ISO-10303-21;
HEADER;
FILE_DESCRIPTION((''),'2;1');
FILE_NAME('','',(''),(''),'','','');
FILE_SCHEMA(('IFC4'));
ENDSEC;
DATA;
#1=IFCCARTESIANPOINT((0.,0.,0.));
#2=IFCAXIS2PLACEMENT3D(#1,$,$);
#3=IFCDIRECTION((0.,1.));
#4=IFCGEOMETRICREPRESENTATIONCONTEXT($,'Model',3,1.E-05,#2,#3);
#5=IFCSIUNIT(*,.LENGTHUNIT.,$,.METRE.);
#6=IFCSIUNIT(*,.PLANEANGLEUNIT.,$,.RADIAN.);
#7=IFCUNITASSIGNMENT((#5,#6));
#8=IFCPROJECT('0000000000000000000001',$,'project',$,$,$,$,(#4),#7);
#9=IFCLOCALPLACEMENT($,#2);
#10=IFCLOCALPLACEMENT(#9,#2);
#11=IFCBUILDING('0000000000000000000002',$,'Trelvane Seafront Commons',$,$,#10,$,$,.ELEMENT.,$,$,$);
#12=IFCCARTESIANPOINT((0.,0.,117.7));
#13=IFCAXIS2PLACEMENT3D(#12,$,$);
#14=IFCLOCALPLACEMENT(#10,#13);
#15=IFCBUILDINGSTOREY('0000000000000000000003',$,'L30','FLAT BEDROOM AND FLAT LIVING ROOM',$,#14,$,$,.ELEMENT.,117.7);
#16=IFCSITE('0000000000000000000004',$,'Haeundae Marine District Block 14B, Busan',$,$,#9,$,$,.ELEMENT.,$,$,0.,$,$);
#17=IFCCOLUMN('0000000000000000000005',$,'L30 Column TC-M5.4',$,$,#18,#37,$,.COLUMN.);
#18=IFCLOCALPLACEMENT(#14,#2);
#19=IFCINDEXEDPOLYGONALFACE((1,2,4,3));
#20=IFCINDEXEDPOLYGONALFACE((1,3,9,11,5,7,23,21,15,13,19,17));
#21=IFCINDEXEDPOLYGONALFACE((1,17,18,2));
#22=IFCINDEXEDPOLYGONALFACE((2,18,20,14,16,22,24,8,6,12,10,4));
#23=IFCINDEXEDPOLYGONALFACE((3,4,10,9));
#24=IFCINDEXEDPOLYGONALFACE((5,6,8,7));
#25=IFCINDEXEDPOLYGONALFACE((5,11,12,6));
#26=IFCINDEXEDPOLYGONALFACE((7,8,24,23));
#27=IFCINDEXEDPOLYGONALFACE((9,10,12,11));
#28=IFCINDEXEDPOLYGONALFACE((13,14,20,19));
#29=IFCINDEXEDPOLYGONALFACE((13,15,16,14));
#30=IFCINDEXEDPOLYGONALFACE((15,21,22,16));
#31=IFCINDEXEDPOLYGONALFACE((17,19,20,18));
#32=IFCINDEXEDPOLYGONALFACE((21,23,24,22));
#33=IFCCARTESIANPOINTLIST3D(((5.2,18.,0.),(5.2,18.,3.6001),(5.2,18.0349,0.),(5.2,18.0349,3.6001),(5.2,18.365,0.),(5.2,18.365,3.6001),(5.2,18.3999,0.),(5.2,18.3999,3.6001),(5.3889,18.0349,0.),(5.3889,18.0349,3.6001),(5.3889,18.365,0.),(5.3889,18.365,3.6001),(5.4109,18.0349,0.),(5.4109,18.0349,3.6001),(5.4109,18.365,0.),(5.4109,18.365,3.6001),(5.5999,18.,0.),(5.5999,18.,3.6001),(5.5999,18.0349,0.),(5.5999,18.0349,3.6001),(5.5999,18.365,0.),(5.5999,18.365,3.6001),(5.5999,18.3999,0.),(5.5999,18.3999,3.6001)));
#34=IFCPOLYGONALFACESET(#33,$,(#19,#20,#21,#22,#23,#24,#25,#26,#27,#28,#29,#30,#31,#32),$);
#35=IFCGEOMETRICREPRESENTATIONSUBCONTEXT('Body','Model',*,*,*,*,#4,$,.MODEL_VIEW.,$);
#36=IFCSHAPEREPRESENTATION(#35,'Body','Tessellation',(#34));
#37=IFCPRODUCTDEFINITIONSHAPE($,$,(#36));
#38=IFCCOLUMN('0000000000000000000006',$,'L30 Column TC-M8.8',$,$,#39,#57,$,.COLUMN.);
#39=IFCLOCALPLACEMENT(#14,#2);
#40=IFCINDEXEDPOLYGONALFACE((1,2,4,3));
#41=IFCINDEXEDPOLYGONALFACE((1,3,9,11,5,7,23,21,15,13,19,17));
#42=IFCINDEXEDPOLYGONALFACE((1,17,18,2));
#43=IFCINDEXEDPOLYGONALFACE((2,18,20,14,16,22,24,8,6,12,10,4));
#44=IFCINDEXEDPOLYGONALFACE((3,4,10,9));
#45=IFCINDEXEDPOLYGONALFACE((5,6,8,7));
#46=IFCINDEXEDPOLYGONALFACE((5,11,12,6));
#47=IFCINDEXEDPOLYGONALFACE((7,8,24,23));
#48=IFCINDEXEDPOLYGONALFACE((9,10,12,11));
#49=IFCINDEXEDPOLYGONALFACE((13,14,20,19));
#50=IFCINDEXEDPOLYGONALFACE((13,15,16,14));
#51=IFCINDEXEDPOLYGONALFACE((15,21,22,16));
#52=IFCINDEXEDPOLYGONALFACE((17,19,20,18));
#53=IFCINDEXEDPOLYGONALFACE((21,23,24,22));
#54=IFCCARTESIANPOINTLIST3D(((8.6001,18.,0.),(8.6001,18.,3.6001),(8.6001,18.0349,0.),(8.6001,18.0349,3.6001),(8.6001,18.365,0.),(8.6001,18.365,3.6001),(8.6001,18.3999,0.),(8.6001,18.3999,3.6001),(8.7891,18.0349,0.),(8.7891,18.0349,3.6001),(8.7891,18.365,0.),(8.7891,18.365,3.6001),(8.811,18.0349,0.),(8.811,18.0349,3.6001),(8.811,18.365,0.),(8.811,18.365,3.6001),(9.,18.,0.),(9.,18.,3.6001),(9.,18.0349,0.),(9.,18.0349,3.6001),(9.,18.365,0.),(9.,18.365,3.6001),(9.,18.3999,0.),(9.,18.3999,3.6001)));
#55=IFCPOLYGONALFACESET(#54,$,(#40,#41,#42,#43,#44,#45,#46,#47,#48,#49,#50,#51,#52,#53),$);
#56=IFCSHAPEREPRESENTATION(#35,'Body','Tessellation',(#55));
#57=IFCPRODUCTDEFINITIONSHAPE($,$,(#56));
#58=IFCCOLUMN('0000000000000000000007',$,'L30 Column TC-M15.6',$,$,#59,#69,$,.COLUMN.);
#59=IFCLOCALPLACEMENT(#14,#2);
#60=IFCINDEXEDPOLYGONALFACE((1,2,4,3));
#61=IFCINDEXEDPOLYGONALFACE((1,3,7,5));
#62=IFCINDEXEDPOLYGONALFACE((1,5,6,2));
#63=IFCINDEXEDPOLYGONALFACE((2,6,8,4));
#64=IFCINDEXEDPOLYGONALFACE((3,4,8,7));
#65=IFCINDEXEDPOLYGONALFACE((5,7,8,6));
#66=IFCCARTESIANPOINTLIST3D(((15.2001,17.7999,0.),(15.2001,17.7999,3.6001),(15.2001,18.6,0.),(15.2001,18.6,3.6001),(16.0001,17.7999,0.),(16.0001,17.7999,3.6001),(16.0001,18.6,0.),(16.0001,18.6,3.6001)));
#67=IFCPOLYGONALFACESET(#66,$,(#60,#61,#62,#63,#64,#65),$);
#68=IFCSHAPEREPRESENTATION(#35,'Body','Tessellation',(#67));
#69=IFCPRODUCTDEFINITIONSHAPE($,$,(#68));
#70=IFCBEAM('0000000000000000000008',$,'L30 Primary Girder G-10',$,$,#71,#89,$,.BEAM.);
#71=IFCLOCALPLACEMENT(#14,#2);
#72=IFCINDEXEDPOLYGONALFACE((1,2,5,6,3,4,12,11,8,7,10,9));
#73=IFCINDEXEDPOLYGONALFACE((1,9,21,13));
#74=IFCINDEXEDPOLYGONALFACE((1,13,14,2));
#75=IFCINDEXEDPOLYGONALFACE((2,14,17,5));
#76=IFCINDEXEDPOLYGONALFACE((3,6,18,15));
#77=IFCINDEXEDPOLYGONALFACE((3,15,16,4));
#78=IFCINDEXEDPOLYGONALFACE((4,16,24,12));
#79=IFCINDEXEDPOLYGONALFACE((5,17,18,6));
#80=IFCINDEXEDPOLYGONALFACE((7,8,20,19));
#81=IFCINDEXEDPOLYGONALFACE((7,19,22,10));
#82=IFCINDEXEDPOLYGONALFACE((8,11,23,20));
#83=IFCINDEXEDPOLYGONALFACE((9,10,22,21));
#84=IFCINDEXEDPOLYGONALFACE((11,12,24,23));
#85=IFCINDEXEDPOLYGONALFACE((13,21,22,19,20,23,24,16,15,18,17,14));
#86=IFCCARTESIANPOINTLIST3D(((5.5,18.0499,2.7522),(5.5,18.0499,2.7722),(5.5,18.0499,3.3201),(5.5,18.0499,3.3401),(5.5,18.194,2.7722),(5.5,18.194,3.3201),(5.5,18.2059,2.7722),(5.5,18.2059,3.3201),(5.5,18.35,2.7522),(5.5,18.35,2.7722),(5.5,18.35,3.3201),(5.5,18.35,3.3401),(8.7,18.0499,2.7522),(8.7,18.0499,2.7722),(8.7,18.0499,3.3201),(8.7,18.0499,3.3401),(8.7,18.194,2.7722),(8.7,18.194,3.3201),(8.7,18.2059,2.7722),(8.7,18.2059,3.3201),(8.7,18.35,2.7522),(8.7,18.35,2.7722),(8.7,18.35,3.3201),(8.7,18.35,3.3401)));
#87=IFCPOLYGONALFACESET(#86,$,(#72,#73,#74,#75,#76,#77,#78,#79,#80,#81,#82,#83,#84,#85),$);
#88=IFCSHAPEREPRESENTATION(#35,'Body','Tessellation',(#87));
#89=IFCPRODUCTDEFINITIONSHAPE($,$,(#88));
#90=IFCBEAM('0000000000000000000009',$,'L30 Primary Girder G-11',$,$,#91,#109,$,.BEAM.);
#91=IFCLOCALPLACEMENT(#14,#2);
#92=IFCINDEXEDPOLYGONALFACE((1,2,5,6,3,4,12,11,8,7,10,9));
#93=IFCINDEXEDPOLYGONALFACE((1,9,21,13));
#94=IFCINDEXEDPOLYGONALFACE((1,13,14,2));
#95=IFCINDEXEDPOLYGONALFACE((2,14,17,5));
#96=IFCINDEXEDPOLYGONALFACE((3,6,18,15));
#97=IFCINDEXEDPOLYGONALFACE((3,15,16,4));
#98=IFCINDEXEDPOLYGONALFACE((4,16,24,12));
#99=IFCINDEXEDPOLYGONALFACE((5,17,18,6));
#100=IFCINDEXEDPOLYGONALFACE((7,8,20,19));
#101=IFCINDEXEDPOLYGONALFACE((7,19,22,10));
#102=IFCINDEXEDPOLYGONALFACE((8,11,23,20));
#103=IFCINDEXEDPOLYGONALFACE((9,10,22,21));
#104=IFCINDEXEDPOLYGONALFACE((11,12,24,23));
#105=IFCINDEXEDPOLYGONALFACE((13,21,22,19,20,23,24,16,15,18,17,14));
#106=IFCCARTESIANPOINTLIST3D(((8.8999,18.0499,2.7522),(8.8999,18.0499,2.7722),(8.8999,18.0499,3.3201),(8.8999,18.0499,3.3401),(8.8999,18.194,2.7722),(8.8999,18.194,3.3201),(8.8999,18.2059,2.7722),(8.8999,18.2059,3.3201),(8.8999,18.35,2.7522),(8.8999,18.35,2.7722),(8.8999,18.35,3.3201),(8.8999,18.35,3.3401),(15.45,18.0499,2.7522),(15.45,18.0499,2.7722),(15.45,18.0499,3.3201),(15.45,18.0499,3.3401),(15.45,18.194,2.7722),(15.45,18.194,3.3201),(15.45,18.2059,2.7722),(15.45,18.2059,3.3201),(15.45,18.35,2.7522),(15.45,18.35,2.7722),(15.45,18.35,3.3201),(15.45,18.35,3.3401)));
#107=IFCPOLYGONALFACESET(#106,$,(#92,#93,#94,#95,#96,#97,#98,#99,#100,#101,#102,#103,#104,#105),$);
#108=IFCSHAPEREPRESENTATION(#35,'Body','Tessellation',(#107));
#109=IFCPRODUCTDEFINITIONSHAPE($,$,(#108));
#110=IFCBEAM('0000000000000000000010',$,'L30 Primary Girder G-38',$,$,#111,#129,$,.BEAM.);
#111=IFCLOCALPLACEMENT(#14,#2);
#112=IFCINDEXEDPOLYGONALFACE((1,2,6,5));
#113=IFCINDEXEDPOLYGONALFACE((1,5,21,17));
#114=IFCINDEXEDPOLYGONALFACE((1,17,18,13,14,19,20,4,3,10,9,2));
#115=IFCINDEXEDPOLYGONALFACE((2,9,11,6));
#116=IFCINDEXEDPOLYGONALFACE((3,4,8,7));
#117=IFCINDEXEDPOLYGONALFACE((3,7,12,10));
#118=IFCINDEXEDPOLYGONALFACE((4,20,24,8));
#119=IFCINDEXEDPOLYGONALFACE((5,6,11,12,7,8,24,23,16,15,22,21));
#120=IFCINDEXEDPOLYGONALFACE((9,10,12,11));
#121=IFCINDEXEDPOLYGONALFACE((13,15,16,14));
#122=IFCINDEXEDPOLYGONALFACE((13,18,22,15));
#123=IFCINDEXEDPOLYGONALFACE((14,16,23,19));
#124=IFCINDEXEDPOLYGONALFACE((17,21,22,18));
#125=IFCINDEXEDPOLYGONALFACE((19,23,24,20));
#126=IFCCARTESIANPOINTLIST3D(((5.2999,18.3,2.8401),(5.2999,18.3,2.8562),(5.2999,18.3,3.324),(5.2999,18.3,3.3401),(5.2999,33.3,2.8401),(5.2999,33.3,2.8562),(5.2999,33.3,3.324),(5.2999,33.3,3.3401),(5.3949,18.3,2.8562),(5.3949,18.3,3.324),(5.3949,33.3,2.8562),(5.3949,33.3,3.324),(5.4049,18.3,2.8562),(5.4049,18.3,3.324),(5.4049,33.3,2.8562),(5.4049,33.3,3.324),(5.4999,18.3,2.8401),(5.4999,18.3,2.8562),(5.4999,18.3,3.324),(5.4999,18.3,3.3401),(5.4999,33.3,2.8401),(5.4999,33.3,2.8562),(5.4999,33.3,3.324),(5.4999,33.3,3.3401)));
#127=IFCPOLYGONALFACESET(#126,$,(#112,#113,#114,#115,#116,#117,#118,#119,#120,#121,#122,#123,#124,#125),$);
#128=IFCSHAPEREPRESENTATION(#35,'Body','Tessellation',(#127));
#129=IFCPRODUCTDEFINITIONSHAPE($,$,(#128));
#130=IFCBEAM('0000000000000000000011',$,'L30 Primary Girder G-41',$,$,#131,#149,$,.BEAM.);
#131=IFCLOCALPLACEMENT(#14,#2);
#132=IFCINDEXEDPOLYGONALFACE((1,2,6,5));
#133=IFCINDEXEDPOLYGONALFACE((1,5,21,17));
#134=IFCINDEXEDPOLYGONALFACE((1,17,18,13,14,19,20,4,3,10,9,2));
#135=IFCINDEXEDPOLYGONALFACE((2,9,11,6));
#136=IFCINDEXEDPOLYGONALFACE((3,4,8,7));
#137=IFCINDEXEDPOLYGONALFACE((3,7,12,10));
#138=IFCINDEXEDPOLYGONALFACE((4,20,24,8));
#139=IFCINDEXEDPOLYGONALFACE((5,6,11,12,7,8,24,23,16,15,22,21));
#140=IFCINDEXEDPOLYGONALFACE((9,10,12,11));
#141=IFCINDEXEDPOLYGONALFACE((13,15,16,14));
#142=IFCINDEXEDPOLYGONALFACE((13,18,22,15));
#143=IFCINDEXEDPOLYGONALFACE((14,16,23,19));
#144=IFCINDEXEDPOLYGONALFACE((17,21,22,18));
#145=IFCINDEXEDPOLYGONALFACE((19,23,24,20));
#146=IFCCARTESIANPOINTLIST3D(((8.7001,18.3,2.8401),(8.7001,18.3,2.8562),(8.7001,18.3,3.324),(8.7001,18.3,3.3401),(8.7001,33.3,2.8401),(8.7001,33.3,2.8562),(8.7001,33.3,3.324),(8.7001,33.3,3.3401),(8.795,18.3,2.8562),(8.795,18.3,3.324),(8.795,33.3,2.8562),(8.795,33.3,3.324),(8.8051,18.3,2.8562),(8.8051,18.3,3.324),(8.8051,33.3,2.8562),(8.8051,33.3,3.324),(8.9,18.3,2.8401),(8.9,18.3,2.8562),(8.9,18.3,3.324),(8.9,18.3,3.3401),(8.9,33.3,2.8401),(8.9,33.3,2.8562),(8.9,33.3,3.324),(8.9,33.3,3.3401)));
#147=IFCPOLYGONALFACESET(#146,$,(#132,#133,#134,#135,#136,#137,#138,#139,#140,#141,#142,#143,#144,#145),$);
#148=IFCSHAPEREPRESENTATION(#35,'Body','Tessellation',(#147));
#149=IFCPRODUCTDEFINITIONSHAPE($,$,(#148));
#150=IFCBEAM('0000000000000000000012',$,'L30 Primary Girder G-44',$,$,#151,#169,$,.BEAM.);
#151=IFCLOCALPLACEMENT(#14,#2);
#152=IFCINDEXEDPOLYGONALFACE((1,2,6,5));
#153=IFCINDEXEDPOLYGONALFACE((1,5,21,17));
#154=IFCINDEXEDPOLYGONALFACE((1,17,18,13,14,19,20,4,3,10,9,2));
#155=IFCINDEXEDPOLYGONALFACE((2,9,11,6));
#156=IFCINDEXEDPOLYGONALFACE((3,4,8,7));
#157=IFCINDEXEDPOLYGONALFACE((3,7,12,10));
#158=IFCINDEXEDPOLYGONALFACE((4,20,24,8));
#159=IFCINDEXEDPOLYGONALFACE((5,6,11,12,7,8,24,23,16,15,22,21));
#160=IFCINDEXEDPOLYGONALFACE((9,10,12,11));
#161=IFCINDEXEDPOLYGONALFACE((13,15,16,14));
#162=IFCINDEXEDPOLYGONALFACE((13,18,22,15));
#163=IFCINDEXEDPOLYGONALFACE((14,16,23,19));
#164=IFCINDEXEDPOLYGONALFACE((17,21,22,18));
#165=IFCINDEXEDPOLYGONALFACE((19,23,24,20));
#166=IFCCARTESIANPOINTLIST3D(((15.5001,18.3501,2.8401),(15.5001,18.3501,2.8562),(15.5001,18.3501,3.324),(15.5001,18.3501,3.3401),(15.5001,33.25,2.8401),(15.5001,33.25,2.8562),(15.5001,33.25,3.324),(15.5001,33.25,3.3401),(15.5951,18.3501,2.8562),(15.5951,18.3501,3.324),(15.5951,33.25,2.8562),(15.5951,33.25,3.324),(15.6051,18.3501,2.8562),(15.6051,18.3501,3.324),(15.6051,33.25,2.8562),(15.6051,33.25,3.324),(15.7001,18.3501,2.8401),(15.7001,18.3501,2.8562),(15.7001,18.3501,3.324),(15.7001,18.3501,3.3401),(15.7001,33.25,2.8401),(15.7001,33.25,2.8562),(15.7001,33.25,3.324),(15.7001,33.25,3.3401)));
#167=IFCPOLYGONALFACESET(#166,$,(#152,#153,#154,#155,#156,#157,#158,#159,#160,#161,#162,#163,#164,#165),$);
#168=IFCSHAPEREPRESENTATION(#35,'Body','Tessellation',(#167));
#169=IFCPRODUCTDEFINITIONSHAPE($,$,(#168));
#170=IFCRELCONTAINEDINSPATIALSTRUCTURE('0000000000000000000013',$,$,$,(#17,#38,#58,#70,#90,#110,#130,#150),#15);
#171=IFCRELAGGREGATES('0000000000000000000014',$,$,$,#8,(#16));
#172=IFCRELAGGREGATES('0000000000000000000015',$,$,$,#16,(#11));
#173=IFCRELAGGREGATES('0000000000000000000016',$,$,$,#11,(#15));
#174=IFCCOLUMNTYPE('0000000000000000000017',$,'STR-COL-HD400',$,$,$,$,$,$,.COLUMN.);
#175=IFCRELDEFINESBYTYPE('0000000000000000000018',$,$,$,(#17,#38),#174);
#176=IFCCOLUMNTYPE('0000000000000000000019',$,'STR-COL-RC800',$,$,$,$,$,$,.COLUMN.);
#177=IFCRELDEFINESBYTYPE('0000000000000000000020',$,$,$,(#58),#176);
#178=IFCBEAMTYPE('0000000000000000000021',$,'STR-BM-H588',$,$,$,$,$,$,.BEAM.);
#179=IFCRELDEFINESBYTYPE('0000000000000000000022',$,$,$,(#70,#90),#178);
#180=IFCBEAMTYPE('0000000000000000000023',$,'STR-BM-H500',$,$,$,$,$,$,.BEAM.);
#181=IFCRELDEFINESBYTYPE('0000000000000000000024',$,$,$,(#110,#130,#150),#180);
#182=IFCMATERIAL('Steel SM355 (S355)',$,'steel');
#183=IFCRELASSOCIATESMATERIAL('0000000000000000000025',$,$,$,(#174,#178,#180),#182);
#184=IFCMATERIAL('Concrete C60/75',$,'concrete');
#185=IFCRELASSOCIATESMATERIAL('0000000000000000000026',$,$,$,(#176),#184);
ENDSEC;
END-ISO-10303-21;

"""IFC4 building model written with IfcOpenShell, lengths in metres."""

from ifc_helpers import new_model, si_unit, direction, frame, origin, origin_2d, place, context, subcontext, project, spatial, rectangle, i_section, extrude, source, transform, mapped, material, material_profile, profile_set, type_object, element, save


model = new_model("IFC4")

# Units and contexts
model_context = context("Model", 3, precision=1e-05, world=origin(), true_north=direction((0.0, 1.0)))
body_context = subcontext(model_context, "Body", "Model", "MODEL_VIEW")
ifc_project = project(units=[si_unit("LENGTHUNIT", "METRE"), si_unit("PLANEANGLEUNIT", "RADIAN")], contexts=[model_context])

# Site, building, storey
site_placement = place(None, origin())
site = spatial("IfcSite", under=ifc_project, at=site_placement, Name="Haeundae Marine District Block 14B, Busan", CompositionType="ELEMENT", RefElevation=0.0)
building_placement = place(site_placement, origin())
building = spatial("IfcBuilding", under=site, at=building_placement, Name="Trelvane Seafront Commons", CompositionType="ELEMENT")
storey_placement = place(building_placement, frame((0.0, 0.0, 117.7)))
storey = spatial("IfcBuildingStorey", under=building, at=storey_placement, Name="L30", Description="FLAT BEDROOM AND FLAT LIVING ROOM", CompositionType="ELEMENT", Elevation=117.7)

# Columns
ifc_material_1 = material(Name="Steel SM355 (S355)", Category="steel")
ifc_material_profile_1 = material_profile(ifc_material_1, i_section(OverallWidth=0.3999, OverallDepth=0.3999, WebThickness=0.022, FlangeThickness=0.0349, at=origin_2d()), Name="HD-400x400x22x35")
ifc_profile_set_1 = profile_set([ifc_material_profile_1], Name="Steel SM355 (S355)")
column_type_1 = type_object("IfcColumnType", Name="STR-COL-HD400", PredefinedType="COLUMN", material=ifc_profile_set_1)
shared_shape_1 = source(origin(), body_context, "Body", "SweptSolid", [
    extrude(i_section(OverallWidth=0.3999, OverallDepth=0.3999, WebThickness=0.022, FlangeThickness=0.0349, at=origin_2d()), origin(), (0.0, 0.0, 1.0), 3.6001),
])
for number, where, z_axis, x_axis, name in (
    (1, (5.3999, 18.2, 0.0), (0.0, 0.0, 1.0), (1.0, 0.0, 0.0), "L30 Column TC-M5.4"),
    (2, (8.8, 18.2, 0.0), (0.0, 0.0, 1.0), (1.0, 0.0, 0.0), "L30 Column TC-M8.8"),
):
    element("IfcColumn", number, at=place(storey_placement, frame(where, z_axis=z_axis, x_axis=x_axis)), inside=storey, type_object=column_type_1, Name=name, PredefinedType="COLUMN", context=body_context, shape_type="MappedRepresentation", body=[
        mapped(shared_shape_1, transform((0.0, 0.0, 0.0), x_axis=(1.0, 0.0, 0.0), y_axis=(0.0, 1.0, 0.0), z_axis=(0.0, 0.0, 1.0), scale=1.0)),
    ])
ifc_material_2 = material(Name="Concrete C60/75", Category="concrete")
ifc_material_profile_2 = material_profile(ifc_material_2, rectangle(XDim=0.8, YDim=0.8, at=origin_2d()), Name="RC-800x800")
ifc_profile_set_2 = profile_set([ifc_material_profile_2], Name="Concrete C60/75")
column_type_2 = type_object("IfcColumnType", Name="STR-COL-RC800", PredefinedType="COLUMN", material=ifc_profile_set_2)
shared_shape_2 = source(origin(), body_context, "Body", "SweptSolid", [
    extrude(rectangle(XDim=0.8, YDim=0.8, at=origin_2d()), origin(), (0.0, 0.0, 1.0), 3.6001),
])
column_placement = place(storey_placement, frame((15.6001, 18.2, 0.0), z_axis=(0.0, 0.0, 1.0), x_axis=(1.0, 0.0, 0.0)))
element("IfcColumn", 3, at=column_placement, inside=storey, type_object=column_type_2, Name="L30 Column TC-M15.6", PredefinedType="COLUMN", context=body_context, shape_type="MappedRepresentation", body=[
    mapped(shared_shape_2, transform((0.0, 0.0, 0.0), x_axis=(1.0, 0.0, 0.0), y_axis=(0.0, 1.0, 0.0), z_axis=(0.0, 0.0, 1.0), scale=1.0)),
])

# Beams
ifc_material_profile_3 = material_profile(ifc_material_1, i_section(OverallWidth=0.3, OverallDepth=0.5879, WebThickness=0.012, FlangeThickness=0.02, at=origin_2d()), Name="H-588x300x12x20")
ifc_profile_set_3 = profile_set([ifc_material_profile_3], Name="Steel SM355 (S355)")
beam_type_1 = type_object("IfcBeamType", Name="STR-BM-H588", PredefinedType="BEAM", material=ifc_profile_set_3)
shared_shape_3 = source(origin(), body_context, "Body", "SweptSolid", [
    extrude(i_section(OverallWidth=0.3, OverallDepth=0.5879, WebThickness=0.012, FlangeThickness=0.02, at=origin_2d()), origin(), (0.0, 0.0, 1.0), 3.2),
])
beam_1_placement = place(storey_placement, frame((5.5, 18.2, 3.0461), z_axis=(1.0, 0.0, 0.0), x_axis=(0.0, 1.0, 0.0)))
element("IfcBeam", 4, at=beam_1_placement, inside=storey, type_object=beam_type_1, Name="L30 Primary Girder G-10", PredefinedType="BEAM", context=body_context, shape_type="MappedRepresentation", body=[
    mapped(shared_shape_3, transform((0.0, 0.0, 0.0), x_axis=(1.0, 0.0, 0.0), y_axis=(0.0, 1.0, 0.0), z_axis=(0.0, 0.0, 1.0), scale=1.0)),
])
shared_shape_4 = source(origin(), body_context, "Body", "SweptSolid", [
    extrude(i_section(OverallWidth=0.3, OverallDepth=0.5879, WebThickness=0.012, FlangeThickness=0.02, at=origin_2d()), origin(), (0.0, 0.0, 1.0), 6.55),
])
beam_2_placement = place(storey_placement, frame((8.8999, 18.2, 3.0461), z_axis=(1.0, 0.0, 0.0), x_axis=(0.0, 1.0, 0.0)))
element("IfcBeam", 5, at=beam_2_placement, inside=storey, type_object=beam_type_1, Name="L30 Primary Girder G-11", PredefinedType="BEAM", context=body_context, shape_type="MappedRepresentation", body=[
    mapped(shared_shape_4, transform((0.0, 0.0, 0.0), x_axis=(1.0, 0.0, 0.0), y_axis=(0.0, 1.0, 0.0), z_axis=(0.0, 0.0, 1.0), scale=1.0)),
])
ifc_material_profile_4 = material_profile(ifc_material_1, i_section(OverallWidth=0.2, OverallDepth=0.5, WebThickness=0.01, FlangeThickness=0.0161, at=origin_2d()), Name="H-500x200x10x16")
ifc_profile_set_4 = profile_set([ifc_material_profile_4], Name="Steel SM355 (S355)")
beam_type_2 = type_object("IfcBeamType", Name="STR-BM-H500", PredefinedType="BEAM", material=ifc_profile_set_4)
shared_shape_5 = source(origin(), body_context, "Body", "SweptSolid", [
    extrude(i_section(OverallWidth=0.2, OverallDepth=0.5, WebThickness=0.01, FlangeThickness=0.0161, at=origin_2d()), origin(), (0.0, 0.0, 1.0), 15.0),
])
for number, where, z_axis, x_axis, name in (
    (6, (5.3999, 18.3, 3.0901), (0.0, 1.0, 0.0), (-1.0, 0.0, 0.0), "L30 Primary Girder G-38"),
    (7, (8.8, 18.3, 3.0901), (0.0, 1.0, 0.0), (-1.0, 0.0, 0.0), "L30 Primary Girder G-41"),
):
    element("IfcBeam", number, at=place(storey_placement, frame(where, z_axis=z_axis, x_axis=x_axis)), inside=storey, type_object=beam_type_2, Name=name, PredefinedType="BEAM", context=body_context, shape_type="MappedRepresentation", body=[
        mapped(shared_shape_5, transform((0.0, 0.0, 0.0), x_axis=(1.0, 0.0, 0.0), y_axis=(0.0, 1.0, 0.0), z_axis=(0.0, 0.0, 1.0), scale=1.0)),
    ])
shared_shape_6 = source(origin(), body_context, "Body", "SweptSolid", [
    extrude(i_section(OverallWidth=0.2, OverallDepth=0.5, WebThickness=0.01, FlangeThickness=0.0161, at=origin_2d()), origin(), (0.0, 0.0, 1.0), 14.8999),
])
beam_3_placement = place(storey_placement, frame((15.6001, 18.3501, 3.0901), z_axis=(0.0, 1.0, 0.0), x_axis=(-1.0, 0.0, 0.0)))
element("IfcBeam", 8, at=beam_3_placement, inside=storey, type_object=beam_type_2, Name="L30 Primary Girder G-44", PredefinedType="BEAM", context=body_context, shape_type="MappedRepresentation", body=[
    mapped(shared_shape_6, transform((0.0, 0.0, 0.0), x_axis=(1.0, 0.0, 0.0), y_axis=(0.0, 1.0, 0.0), z_axis=(0.0, 0.0, 1.0), scale=1.0)),
])

save(model, "model.ifc")
